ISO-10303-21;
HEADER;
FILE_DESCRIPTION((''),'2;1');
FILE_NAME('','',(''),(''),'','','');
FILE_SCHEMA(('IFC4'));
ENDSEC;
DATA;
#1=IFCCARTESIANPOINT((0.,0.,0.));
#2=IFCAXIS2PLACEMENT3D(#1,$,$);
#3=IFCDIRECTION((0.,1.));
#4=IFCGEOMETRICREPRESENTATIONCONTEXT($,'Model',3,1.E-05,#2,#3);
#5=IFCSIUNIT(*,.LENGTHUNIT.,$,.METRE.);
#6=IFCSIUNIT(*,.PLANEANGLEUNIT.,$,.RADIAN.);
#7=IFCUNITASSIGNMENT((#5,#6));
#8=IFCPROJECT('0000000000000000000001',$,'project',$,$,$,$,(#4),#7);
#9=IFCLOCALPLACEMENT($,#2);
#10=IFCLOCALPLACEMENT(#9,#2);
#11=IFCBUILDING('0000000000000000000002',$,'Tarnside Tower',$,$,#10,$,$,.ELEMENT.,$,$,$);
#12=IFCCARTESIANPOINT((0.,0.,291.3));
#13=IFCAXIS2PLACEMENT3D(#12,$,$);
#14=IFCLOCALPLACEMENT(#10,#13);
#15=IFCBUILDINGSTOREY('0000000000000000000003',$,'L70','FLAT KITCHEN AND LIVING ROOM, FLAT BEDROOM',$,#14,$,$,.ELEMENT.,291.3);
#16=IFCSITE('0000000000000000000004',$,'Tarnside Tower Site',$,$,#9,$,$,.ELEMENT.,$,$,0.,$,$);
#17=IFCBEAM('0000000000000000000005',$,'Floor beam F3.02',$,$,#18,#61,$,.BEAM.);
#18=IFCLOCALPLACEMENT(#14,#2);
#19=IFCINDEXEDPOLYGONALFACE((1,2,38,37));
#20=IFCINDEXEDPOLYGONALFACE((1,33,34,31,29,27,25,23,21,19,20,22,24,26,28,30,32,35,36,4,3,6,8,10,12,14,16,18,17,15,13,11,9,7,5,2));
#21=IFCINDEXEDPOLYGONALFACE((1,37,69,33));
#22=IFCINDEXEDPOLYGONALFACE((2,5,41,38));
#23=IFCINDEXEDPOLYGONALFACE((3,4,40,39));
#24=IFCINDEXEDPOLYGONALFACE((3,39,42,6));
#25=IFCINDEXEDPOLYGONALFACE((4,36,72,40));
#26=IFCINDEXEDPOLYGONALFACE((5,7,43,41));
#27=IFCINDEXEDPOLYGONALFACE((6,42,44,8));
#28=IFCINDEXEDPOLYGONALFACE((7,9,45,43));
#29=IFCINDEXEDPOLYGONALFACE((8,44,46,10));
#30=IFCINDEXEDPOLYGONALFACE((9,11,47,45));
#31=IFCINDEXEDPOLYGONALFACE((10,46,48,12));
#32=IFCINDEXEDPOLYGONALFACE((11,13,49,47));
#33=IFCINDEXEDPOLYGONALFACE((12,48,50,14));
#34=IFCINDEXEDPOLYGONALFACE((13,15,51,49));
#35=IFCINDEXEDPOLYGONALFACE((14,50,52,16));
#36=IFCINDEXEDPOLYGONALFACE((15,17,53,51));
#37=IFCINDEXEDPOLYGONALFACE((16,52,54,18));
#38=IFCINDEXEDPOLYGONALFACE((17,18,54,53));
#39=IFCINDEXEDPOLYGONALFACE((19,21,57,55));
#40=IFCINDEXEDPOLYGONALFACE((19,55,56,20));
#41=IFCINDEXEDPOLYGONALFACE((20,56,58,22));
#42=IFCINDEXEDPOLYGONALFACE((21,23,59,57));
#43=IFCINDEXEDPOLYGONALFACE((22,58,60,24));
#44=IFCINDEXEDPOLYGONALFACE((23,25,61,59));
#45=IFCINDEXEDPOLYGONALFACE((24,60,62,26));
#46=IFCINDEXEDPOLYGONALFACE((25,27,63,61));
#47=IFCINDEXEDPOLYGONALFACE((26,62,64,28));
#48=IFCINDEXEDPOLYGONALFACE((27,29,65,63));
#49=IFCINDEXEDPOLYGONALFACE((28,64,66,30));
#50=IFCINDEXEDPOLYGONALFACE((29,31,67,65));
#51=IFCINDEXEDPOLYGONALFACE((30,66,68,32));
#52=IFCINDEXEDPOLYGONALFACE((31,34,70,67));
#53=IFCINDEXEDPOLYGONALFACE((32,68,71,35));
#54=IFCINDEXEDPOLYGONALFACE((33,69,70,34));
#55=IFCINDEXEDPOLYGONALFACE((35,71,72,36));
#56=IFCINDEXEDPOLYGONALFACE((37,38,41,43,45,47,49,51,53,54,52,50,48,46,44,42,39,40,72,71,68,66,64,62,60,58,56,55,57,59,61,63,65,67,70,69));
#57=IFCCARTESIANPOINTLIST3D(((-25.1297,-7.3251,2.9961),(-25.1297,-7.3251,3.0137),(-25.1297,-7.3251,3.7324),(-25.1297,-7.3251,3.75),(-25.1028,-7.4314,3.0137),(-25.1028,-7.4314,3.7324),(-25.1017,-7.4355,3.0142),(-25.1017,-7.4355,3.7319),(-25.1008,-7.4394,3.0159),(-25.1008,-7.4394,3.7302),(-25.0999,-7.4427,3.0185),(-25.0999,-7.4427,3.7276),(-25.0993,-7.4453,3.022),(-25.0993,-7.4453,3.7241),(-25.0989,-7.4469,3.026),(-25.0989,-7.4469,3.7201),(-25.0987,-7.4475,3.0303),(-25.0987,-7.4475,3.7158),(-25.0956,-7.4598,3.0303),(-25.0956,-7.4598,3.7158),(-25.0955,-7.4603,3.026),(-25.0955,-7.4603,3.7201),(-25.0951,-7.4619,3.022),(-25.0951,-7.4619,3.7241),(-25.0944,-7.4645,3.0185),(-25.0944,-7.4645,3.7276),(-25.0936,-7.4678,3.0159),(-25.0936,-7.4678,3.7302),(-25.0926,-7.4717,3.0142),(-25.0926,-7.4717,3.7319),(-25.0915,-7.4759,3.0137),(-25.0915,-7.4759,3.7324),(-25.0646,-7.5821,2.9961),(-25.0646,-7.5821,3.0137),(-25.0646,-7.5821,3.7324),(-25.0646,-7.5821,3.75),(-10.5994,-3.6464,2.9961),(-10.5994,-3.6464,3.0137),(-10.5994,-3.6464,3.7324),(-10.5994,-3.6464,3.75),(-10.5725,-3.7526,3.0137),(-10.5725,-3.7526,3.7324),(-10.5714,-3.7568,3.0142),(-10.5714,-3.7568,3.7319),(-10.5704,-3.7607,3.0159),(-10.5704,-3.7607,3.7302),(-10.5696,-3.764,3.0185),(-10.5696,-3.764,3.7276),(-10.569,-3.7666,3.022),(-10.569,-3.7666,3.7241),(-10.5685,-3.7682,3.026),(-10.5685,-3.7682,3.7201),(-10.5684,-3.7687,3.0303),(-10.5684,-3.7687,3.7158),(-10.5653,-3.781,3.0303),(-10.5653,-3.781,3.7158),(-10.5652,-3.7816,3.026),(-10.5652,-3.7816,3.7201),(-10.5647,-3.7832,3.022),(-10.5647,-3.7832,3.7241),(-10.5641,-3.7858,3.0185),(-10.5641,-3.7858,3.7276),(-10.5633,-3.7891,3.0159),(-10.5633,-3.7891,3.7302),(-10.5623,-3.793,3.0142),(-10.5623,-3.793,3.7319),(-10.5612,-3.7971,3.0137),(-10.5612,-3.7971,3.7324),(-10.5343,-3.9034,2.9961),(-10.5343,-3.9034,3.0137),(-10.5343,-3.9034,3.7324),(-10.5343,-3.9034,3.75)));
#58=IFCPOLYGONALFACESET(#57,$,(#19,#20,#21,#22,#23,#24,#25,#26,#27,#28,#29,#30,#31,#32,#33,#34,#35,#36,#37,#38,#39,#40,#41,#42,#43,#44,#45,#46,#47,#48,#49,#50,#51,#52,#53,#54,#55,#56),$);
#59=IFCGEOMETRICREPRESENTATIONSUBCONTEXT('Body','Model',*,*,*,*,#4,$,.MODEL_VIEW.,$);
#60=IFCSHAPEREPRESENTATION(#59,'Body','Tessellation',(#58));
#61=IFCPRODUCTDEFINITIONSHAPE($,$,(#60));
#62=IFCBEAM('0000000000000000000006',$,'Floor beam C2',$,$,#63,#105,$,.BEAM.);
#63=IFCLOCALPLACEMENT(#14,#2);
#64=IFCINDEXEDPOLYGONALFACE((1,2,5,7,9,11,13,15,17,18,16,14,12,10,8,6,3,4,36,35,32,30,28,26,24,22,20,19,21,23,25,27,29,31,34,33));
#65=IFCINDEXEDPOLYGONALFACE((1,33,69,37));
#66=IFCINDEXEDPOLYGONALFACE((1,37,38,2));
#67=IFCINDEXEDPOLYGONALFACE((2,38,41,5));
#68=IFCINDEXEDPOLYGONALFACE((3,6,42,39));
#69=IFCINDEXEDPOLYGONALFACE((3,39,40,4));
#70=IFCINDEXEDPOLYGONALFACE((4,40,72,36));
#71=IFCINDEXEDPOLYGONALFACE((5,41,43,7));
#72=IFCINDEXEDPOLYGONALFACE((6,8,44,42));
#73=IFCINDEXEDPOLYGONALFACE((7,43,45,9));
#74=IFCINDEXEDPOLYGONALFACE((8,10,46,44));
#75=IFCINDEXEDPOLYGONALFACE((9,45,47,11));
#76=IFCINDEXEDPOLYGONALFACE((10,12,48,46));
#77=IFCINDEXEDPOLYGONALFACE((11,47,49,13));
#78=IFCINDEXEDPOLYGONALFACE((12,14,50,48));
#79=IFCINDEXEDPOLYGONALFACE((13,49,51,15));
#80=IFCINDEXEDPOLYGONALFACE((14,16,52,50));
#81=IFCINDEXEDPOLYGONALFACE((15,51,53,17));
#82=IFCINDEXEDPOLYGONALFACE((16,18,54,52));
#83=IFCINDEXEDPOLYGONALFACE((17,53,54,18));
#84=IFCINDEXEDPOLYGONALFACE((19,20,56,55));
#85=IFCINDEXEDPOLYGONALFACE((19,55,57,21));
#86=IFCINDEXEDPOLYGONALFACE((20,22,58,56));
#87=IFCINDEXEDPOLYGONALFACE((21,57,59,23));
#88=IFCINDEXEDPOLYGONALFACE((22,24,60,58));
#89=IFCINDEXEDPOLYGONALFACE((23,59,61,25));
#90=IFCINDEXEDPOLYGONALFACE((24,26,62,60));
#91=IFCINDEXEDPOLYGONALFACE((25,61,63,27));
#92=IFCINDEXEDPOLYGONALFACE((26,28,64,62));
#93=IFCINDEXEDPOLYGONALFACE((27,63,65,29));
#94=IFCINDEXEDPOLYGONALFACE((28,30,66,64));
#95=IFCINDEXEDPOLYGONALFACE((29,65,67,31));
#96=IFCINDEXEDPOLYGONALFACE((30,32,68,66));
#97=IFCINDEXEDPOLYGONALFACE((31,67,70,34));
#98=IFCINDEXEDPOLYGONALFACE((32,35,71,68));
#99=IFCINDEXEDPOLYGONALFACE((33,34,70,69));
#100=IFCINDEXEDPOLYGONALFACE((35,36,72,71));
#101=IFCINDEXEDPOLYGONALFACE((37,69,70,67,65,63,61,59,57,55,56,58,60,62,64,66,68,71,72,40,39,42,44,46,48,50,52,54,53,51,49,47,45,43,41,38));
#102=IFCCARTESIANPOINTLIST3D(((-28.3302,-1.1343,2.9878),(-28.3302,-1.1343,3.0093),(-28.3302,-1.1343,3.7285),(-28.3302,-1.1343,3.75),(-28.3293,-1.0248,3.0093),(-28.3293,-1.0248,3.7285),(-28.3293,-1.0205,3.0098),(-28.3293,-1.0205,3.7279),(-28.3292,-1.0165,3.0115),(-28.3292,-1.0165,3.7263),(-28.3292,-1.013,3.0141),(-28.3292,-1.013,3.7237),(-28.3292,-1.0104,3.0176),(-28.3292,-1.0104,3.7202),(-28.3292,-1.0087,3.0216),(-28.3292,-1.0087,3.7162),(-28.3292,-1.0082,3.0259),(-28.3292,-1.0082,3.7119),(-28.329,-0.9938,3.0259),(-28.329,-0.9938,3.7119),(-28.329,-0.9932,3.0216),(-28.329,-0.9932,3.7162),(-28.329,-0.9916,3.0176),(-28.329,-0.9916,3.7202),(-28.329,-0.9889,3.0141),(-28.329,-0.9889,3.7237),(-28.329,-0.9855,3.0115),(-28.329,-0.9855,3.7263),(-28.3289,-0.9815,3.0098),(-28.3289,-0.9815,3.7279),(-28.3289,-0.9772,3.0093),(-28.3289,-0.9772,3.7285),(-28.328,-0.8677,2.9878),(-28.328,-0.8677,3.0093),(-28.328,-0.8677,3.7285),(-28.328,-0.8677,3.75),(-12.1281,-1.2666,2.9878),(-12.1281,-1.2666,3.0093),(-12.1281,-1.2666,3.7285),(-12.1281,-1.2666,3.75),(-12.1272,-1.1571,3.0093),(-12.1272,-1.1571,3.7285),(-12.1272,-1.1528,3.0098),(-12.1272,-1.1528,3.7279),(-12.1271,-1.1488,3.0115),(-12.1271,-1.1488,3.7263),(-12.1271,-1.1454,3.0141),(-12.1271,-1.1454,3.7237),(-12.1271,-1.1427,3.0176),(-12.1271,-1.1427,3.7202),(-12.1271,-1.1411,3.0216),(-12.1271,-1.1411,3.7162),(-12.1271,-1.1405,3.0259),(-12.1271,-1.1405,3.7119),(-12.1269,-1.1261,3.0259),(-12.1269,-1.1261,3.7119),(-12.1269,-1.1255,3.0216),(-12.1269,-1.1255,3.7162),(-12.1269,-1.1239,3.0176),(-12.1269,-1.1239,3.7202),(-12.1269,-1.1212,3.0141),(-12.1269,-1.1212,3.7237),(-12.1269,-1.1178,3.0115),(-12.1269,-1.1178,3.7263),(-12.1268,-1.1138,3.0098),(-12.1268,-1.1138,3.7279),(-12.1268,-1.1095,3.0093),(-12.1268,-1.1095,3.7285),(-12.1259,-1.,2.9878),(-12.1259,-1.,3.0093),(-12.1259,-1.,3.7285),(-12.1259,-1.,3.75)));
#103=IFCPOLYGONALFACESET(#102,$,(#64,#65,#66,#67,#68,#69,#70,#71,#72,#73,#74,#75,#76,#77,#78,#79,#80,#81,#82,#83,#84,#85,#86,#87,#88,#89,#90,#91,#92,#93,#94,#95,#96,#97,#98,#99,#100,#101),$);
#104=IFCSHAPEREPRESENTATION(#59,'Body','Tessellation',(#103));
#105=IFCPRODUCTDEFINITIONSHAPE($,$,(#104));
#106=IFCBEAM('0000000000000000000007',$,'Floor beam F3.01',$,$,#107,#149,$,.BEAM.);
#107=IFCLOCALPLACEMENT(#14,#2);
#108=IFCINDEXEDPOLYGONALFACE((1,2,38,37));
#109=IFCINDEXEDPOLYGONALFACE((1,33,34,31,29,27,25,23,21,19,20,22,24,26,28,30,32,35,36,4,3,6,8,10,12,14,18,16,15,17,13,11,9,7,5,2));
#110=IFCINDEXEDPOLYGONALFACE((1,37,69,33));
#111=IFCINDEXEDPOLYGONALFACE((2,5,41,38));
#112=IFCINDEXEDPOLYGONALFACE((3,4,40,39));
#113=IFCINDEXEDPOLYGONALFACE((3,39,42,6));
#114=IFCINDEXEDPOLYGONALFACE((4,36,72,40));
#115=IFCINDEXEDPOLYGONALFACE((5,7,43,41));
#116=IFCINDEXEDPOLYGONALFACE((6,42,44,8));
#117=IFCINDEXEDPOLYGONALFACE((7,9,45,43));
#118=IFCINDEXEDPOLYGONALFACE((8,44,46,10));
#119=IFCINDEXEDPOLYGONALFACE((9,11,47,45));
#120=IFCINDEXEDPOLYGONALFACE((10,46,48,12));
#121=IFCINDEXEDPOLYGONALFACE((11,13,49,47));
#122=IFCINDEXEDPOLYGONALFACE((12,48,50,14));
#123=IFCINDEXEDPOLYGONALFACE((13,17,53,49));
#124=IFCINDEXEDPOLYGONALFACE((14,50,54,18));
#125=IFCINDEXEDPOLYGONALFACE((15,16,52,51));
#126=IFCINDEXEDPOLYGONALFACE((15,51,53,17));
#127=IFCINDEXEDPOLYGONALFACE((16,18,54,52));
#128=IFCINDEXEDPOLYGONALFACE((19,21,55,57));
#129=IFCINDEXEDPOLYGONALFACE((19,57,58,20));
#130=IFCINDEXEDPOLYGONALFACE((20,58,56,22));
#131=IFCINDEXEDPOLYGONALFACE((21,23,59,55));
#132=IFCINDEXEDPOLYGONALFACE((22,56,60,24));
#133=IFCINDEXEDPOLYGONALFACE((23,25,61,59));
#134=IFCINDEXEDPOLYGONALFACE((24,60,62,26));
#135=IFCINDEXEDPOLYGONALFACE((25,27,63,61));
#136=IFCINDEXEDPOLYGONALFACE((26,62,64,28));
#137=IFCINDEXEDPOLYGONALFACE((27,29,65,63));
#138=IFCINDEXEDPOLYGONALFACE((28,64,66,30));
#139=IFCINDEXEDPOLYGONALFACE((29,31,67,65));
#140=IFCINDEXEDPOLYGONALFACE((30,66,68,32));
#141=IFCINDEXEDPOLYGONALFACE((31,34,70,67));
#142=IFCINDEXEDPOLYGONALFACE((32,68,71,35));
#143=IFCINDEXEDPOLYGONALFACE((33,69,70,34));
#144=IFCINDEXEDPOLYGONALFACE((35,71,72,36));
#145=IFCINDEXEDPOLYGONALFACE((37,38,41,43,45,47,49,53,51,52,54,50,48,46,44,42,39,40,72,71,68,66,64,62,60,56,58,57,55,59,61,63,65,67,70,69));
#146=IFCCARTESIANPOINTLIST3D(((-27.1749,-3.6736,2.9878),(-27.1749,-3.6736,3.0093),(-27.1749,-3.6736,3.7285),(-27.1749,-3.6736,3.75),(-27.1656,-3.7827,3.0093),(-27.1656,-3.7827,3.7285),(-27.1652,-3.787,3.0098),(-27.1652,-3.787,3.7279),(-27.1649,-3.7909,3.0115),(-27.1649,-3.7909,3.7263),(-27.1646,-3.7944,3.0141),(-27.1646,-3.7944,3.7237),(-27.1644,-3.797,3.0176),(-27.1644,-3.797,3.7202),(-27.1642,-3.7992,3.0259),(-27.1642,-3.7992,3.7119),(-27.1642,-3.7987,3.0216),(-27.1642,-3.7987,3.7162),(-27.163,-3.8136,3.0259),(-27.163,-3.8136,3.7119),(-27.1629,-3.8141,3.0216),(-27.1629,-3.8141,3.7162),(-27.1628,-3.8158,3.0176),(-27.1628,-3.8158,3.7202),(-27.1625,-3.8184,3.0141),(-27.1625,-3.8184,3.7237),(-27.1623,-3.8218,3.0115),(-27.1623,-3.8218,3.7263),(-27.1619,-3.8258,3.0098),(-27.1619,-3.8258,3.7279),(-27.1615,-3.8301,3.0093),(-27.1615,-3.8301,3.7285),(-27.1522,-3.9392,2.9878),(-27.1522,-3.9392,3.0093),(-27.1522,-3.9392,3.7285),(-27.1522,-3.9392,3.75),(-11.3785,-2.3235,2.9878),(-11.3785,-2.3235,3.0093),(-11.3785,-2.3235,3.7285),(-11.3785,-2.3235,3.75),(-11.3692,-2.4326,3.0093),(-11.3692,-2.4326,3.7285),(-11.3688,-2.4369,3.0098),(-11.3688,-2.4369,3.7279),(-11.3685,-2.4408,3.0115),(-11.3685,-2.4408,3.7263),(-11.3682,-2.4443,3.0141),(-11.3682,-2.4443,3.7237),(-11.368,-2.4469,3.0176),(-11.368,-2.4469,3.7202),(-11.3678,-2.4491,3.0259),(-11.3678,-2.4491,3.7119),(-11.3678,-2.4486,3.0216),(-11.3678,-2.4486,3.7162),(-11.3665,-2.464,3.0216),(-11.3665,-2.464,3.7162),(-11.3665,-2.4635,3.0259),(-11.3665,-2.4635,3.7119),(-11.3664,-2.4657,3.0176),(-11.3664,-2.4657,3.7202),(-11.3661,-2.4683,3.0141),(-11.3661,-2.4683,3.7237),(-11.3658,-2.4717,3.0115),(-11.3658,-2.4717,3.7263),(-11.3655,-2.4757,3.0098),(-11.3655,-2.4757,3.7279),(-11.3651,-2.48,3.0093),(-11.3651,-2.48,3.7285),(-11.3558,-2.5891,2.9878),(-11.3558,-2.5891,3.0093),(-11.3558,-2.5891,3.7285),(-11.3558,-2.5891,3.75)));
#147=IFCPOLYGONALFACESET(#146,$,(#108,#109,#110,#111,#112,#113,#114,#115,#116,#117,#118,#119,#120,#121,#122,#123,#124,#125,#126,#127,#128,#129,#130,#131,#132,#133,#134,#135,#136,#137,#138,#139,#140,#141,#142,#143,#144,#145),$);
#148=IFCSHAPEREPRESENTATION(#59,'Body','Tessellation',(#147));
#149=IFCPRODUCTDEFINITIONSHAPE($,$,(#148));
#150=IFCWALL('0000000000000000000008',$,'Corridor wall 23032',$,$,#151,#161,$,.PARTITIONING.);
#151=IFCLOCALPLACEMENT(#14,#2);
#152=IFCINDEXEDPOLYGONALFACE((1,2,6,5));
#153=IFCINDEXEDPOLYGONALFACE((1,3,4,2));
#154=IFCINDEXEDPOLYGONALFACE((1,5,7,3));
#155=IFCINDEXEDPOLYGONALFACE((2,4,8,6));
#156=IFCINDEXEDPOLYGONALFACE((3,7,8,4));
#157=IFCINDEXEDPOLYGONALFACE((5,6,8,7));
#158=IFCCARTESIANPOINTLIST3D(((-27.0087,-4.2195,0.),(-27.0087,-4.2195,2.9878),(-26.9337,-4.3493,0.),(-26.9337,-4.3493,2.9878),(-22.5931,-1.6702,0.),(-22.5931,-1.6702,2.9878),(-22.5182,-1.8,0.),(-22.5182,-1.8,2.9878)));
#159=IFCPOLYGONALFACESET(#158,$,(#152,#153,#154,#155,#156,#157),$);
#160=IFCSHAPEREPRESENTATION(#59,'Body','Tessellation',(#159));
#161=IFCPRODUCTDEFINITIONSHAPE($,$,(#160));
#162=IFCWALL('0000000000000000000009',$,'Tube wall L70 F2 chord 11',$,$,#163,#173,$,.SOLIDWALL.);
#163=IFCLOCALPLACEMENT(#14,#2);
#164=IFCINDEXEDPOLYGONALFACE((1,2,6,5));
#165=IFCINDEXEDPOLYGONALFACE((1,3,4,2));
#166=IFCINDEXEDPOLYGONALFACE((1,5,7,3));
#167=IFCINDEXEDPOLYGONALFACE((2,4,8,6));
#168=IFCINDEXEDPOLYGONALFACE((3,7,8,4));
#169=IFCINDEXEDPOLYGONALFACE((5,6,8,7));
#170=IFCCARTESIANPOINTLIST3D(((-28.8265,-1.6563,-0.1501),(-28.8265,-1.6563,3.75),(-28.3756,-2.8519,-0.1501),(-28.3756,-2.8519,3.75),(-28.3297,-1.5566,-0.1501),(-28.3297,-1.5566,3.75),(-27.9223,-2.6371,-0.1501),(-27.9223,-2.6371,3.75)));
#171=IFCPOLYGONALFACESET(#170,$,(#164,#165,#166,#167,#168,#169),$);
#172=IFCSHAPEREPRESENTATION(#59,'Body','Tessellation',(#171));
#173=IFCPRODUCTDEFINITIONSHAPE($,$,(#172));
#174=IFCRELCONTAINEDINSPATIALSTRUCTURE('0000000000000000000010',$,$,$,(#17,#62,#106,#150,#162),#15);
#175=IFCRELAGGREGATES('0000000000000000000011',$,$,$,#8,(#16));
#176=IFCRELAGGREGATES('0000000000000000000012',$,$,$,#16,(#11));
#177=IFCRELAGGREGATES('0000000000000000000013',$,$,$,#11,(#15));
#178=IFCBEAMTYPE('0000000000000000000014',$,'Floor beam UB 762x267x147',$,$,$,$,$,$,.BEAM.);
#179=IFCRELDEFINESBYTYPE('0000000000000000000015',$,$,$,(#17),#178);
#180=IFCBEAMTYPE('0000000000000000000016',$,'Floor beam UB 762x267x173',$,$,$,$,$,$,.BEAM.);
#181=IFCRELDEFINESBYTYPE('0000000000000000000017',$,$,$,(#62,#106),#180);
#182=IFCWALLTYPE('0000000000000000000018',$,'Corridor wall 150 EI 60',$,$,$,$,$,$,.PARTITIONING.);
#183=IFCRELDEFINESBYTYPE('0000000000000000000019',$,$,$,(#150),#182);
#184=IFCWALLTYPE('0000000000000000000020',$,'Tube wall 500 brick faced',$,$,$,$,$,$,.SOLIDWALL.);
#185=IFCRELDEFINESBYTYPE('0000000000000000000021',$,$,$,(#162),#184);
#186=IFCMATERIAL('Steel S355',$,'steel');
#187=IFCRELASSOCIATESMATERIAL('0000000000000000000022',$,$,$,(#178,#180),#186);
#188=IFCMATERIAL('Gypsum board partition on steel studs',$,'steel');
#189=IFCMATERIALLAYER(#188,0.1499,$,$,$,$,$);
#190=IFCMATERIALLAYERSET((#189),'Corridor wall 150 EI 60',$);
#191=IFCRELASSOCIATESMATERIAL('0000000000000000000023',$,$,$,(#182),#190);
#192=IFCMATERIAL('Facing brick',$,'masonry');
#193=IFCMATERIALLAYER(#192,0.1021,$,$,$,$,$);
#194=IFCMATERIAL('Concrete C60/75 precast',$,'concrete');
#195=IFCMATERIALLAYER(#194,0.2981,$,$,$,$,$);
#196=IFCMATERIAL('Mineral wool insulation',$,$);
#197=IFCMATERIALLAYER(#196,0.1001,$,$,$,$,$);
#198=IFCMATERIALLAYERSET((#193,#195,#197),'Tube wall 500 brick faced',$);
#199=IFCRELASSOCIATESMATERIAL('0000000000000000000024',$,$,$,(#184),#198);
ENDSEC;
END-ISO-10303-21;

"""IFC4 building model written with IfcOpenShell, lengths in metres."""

from ifc_helpers import new_model, si_unit, direction, frame, frame_2d, origin, origin_2d, place, context, subcontext, project, spatial, polyline, rectangle, i_section, outline, extrude, material, layer, layer_set, material_profile, profile_set, type_object, element, save


model = new_model("IFC4")

# Units and contexts
model_context = context("Model", 3, precision=1e-05, world=origin(), true_north=direction((0.0, 1.0)))
body_context = subcontext(model_context, "Body", "Model", "MODEL_VIEW")
ifc_project = project(units=[si_unit("LENGTHUNIT", "METRE"), si_unit("PLANEANGLEUNIT", "RADIAN")], contexts=[model_context])

# Site, building, storey
site_placement = place(None, origin())
site = spatial("IfcSite", under=ifc_project, at=site_placement, Name="Tarnside Tower Site", CompositionType="ELEMENT", RefElevation=0.0)
building_placement = place(site_placement, origin())
building = spatial("IfcBuilding", under=site, at=building_placement, Name="Tarnside Tower", CompositionType="ELEMENT")
storey_placement = place(building_placement, frame((0.0, 0.0, 291.3)))
storey = spatial("IfcBuildingStorey", under=building, at=storey_placement, Name="L70", Description="FLAT KITCHEN AND LIVING ROOM, FLAT BEDROOM", CompositionType="ELEMENT", Elevation=291.3)

# Beams
ifc_material_1 = material(Name="Steel S355", Category="steel")
ifc_material_profile_1 = material_profile(ifc_material_1, i_section(OverallWidth=0.2651, OverallDepth=0.7539, WebThickness=0.0127, FlangeThickness=0.0176, FilletRadius=0.0166, at=origin_2d()), Name="UB 762x267x147")
ifc_profile_set_1 = profile_set([ifc_material_profile_1], Name="Steel S355")
beam_type_1 = type_object("IfcBeamType", Name="Floor beam UB 762x267x147", PredefinedType="BEAM", material=ifc_profile_set_1)
beam_1_placement = place(storey_placement, frame((-25.0972, -7.4536, 3.373), z_axis=(0.969414, 0.245432, 0.0), x_axis=(-0.245432, 0.969414, 0.0)))
element("IfcBeam", 1, at=beam_1_placement, inside=storey, type_object=beam_type_1, Name="Floor beam F3.02", PredefinedType="BEAM", context=body_context, shape_type="SweptSolid", body=[
    extrude(i_section(OverallWidth=0.2651, OverallDepth=0.7539, WebThickness=0.0127, FlangeThickness=0.0176, FilletRadius=0.0166, at=origin_2d()), origin(), (0.0, 0.0, 1.0), 14.9888),
])
ifc_material_profile_2 = material_profile(ifc_material_1, i_section(OverallWidth=0.2666, OverallDepth=0.7622, WebThickness=0.0144, FlangeThickness=0.0215, FilletRadius=0.0166, at=origin_2d()), Name="UB 762x267x173")
ifc_profile_set_2 = profile_set([ifc_material_profile_2], Name="Steel S355")
beam_type_2 = type_object("IfcBeamType", Name="Floor beam UB 762x267x173", PredefinedType="BEAM", material=ifc_profile_set_2)
beam_2_placement = place(storey_placement, frame((-28.3291, -1.001, 3.3689), z_axis=(0.999967, -0.008167, 0.0), x_axis=(0.008167, 0.999967, 0.0)))
element("IfcBeam", 2, at=beam_2_placement, inside=storey, type_object=beam_type_2, Name="Floor beam C2", PredefinedType="BEAM", context=body_context, shape_type="SweptSolid", body=[
    extrude(i_section(OverallWidth=0.2666, OverallDepth=0.7622, WebThickness=0.0144, FlangeThickness=0.0215, FilletRadius=0.0166, at=origin_2d()), origin(), (0.0, 0.0, 1.0), 16.2026),
])
beam_3_placement = place(storey_placement, frame((-27.1636, -3.8064, 3.3689), z_axis=(0.996367, 0.085158, 0.0), x_axis=(-0.085158, 0.996367, 0.0)))
element("IfcBeam", 3, at=beam_3_placement, inside=storey, type_object=beam_type_2, Name="Floor beam F3.01", PredefinedType="BEAM", context=body_context, shape_type="SweptSolid", body=[
    extrude(i_section(OverallWidth=0.2666, OverallDepth=0.7622, WebThickness=0.0144, FlangeThickness=0.0215, FilletRadius=0.0166, at=origin_2d()), origin(), (0.0, 0.0, 1.0), 15.854),
])

# Walls
ifc_material_2 = material(Name="Gypsum board partition on steel studs", Category="steel")
ifc_layer_1 = layer(ifc_material_2, 0.1499)
ifc_layer_set_1 = layer_set([ifc_layer_1], Name="Corridor wall 150 EI 60")
wall_type_1 = type_object("IfcWallType", Name="Corridor wall 150 EI 60", PredefinedType="PARTITIONING", material=ifc_layer_set_1)
wall_1_placement = place(storey_placement, frame((-26.9712, -4.2844, 0.0), z_axis=(0.0, 0.0, 1.0), x_axis=(0.866025, 0.500002, 0.0)))
element("IfcWall", 4, at=wall_1_placement, inside=storey, type_object=wall_type_1, Name="Corridor wall 23032", PredefinedType="PARTITIONING", context=body_context, shape_type="SweptSolid", body=[
    extrude(rectangle(XDim=5.0986, YDim=0.1499, at=frame_2d((2.5493, 0.0))), origin(), (0.0, 0.0, 1.0), 2.9878),
])
ifc_material_3 = material(Name="Facing brick", Category="masonry")
ifc_layer_2 = layer(ifc_material_3, 0.1021)
ifc_material_4 = material(Name="Concrete C60/75 precast", Category="concrete")
ifc_layer_3 = layer(ifc_material_4, 0.2981)
ifc_material_5 = material(Name="Mineral wool insulation")
ifc_layer_4 = layer(ifc_material_5, 0.1001)
ifc_layer_set_2 = layer_set([ifc_layer_2, ifc_layer_3, ifc_layer_4], Name="Tube wall 500 brick faced")
wall_type_2 = type_object("IfcWallType", Name="Tube wall 500 brick faced", PredefinedType="SOLIDWALL", material=ifc_layer_set_2)
wall_2_placement = place(storey_placement, frame((-28.5781, -1.6064, -0.1501), z_axis=(0.0, 0.0, 1.0), x_axis=(0.352838, -0.935684, 0.0)))
element("IfcWall", 5, at=wall_2_placement, inside=storey, type_object=wall_type_2, Name="Tube wall L70 F2 chord 11", PredefinedType="SOLIDWALL", context=body_context, shape_type="SweptSolid", body=[
    extrude(outline(polyline([(-0.041, -0.25), (1.2368, -0.25), (1.1958, 0.25), (0.041, 0.25), (-0.041, -0.25)])), origin(), (0.0, 0.0, 1.0), 3.9001),
])

save(model, "model.ifc")
